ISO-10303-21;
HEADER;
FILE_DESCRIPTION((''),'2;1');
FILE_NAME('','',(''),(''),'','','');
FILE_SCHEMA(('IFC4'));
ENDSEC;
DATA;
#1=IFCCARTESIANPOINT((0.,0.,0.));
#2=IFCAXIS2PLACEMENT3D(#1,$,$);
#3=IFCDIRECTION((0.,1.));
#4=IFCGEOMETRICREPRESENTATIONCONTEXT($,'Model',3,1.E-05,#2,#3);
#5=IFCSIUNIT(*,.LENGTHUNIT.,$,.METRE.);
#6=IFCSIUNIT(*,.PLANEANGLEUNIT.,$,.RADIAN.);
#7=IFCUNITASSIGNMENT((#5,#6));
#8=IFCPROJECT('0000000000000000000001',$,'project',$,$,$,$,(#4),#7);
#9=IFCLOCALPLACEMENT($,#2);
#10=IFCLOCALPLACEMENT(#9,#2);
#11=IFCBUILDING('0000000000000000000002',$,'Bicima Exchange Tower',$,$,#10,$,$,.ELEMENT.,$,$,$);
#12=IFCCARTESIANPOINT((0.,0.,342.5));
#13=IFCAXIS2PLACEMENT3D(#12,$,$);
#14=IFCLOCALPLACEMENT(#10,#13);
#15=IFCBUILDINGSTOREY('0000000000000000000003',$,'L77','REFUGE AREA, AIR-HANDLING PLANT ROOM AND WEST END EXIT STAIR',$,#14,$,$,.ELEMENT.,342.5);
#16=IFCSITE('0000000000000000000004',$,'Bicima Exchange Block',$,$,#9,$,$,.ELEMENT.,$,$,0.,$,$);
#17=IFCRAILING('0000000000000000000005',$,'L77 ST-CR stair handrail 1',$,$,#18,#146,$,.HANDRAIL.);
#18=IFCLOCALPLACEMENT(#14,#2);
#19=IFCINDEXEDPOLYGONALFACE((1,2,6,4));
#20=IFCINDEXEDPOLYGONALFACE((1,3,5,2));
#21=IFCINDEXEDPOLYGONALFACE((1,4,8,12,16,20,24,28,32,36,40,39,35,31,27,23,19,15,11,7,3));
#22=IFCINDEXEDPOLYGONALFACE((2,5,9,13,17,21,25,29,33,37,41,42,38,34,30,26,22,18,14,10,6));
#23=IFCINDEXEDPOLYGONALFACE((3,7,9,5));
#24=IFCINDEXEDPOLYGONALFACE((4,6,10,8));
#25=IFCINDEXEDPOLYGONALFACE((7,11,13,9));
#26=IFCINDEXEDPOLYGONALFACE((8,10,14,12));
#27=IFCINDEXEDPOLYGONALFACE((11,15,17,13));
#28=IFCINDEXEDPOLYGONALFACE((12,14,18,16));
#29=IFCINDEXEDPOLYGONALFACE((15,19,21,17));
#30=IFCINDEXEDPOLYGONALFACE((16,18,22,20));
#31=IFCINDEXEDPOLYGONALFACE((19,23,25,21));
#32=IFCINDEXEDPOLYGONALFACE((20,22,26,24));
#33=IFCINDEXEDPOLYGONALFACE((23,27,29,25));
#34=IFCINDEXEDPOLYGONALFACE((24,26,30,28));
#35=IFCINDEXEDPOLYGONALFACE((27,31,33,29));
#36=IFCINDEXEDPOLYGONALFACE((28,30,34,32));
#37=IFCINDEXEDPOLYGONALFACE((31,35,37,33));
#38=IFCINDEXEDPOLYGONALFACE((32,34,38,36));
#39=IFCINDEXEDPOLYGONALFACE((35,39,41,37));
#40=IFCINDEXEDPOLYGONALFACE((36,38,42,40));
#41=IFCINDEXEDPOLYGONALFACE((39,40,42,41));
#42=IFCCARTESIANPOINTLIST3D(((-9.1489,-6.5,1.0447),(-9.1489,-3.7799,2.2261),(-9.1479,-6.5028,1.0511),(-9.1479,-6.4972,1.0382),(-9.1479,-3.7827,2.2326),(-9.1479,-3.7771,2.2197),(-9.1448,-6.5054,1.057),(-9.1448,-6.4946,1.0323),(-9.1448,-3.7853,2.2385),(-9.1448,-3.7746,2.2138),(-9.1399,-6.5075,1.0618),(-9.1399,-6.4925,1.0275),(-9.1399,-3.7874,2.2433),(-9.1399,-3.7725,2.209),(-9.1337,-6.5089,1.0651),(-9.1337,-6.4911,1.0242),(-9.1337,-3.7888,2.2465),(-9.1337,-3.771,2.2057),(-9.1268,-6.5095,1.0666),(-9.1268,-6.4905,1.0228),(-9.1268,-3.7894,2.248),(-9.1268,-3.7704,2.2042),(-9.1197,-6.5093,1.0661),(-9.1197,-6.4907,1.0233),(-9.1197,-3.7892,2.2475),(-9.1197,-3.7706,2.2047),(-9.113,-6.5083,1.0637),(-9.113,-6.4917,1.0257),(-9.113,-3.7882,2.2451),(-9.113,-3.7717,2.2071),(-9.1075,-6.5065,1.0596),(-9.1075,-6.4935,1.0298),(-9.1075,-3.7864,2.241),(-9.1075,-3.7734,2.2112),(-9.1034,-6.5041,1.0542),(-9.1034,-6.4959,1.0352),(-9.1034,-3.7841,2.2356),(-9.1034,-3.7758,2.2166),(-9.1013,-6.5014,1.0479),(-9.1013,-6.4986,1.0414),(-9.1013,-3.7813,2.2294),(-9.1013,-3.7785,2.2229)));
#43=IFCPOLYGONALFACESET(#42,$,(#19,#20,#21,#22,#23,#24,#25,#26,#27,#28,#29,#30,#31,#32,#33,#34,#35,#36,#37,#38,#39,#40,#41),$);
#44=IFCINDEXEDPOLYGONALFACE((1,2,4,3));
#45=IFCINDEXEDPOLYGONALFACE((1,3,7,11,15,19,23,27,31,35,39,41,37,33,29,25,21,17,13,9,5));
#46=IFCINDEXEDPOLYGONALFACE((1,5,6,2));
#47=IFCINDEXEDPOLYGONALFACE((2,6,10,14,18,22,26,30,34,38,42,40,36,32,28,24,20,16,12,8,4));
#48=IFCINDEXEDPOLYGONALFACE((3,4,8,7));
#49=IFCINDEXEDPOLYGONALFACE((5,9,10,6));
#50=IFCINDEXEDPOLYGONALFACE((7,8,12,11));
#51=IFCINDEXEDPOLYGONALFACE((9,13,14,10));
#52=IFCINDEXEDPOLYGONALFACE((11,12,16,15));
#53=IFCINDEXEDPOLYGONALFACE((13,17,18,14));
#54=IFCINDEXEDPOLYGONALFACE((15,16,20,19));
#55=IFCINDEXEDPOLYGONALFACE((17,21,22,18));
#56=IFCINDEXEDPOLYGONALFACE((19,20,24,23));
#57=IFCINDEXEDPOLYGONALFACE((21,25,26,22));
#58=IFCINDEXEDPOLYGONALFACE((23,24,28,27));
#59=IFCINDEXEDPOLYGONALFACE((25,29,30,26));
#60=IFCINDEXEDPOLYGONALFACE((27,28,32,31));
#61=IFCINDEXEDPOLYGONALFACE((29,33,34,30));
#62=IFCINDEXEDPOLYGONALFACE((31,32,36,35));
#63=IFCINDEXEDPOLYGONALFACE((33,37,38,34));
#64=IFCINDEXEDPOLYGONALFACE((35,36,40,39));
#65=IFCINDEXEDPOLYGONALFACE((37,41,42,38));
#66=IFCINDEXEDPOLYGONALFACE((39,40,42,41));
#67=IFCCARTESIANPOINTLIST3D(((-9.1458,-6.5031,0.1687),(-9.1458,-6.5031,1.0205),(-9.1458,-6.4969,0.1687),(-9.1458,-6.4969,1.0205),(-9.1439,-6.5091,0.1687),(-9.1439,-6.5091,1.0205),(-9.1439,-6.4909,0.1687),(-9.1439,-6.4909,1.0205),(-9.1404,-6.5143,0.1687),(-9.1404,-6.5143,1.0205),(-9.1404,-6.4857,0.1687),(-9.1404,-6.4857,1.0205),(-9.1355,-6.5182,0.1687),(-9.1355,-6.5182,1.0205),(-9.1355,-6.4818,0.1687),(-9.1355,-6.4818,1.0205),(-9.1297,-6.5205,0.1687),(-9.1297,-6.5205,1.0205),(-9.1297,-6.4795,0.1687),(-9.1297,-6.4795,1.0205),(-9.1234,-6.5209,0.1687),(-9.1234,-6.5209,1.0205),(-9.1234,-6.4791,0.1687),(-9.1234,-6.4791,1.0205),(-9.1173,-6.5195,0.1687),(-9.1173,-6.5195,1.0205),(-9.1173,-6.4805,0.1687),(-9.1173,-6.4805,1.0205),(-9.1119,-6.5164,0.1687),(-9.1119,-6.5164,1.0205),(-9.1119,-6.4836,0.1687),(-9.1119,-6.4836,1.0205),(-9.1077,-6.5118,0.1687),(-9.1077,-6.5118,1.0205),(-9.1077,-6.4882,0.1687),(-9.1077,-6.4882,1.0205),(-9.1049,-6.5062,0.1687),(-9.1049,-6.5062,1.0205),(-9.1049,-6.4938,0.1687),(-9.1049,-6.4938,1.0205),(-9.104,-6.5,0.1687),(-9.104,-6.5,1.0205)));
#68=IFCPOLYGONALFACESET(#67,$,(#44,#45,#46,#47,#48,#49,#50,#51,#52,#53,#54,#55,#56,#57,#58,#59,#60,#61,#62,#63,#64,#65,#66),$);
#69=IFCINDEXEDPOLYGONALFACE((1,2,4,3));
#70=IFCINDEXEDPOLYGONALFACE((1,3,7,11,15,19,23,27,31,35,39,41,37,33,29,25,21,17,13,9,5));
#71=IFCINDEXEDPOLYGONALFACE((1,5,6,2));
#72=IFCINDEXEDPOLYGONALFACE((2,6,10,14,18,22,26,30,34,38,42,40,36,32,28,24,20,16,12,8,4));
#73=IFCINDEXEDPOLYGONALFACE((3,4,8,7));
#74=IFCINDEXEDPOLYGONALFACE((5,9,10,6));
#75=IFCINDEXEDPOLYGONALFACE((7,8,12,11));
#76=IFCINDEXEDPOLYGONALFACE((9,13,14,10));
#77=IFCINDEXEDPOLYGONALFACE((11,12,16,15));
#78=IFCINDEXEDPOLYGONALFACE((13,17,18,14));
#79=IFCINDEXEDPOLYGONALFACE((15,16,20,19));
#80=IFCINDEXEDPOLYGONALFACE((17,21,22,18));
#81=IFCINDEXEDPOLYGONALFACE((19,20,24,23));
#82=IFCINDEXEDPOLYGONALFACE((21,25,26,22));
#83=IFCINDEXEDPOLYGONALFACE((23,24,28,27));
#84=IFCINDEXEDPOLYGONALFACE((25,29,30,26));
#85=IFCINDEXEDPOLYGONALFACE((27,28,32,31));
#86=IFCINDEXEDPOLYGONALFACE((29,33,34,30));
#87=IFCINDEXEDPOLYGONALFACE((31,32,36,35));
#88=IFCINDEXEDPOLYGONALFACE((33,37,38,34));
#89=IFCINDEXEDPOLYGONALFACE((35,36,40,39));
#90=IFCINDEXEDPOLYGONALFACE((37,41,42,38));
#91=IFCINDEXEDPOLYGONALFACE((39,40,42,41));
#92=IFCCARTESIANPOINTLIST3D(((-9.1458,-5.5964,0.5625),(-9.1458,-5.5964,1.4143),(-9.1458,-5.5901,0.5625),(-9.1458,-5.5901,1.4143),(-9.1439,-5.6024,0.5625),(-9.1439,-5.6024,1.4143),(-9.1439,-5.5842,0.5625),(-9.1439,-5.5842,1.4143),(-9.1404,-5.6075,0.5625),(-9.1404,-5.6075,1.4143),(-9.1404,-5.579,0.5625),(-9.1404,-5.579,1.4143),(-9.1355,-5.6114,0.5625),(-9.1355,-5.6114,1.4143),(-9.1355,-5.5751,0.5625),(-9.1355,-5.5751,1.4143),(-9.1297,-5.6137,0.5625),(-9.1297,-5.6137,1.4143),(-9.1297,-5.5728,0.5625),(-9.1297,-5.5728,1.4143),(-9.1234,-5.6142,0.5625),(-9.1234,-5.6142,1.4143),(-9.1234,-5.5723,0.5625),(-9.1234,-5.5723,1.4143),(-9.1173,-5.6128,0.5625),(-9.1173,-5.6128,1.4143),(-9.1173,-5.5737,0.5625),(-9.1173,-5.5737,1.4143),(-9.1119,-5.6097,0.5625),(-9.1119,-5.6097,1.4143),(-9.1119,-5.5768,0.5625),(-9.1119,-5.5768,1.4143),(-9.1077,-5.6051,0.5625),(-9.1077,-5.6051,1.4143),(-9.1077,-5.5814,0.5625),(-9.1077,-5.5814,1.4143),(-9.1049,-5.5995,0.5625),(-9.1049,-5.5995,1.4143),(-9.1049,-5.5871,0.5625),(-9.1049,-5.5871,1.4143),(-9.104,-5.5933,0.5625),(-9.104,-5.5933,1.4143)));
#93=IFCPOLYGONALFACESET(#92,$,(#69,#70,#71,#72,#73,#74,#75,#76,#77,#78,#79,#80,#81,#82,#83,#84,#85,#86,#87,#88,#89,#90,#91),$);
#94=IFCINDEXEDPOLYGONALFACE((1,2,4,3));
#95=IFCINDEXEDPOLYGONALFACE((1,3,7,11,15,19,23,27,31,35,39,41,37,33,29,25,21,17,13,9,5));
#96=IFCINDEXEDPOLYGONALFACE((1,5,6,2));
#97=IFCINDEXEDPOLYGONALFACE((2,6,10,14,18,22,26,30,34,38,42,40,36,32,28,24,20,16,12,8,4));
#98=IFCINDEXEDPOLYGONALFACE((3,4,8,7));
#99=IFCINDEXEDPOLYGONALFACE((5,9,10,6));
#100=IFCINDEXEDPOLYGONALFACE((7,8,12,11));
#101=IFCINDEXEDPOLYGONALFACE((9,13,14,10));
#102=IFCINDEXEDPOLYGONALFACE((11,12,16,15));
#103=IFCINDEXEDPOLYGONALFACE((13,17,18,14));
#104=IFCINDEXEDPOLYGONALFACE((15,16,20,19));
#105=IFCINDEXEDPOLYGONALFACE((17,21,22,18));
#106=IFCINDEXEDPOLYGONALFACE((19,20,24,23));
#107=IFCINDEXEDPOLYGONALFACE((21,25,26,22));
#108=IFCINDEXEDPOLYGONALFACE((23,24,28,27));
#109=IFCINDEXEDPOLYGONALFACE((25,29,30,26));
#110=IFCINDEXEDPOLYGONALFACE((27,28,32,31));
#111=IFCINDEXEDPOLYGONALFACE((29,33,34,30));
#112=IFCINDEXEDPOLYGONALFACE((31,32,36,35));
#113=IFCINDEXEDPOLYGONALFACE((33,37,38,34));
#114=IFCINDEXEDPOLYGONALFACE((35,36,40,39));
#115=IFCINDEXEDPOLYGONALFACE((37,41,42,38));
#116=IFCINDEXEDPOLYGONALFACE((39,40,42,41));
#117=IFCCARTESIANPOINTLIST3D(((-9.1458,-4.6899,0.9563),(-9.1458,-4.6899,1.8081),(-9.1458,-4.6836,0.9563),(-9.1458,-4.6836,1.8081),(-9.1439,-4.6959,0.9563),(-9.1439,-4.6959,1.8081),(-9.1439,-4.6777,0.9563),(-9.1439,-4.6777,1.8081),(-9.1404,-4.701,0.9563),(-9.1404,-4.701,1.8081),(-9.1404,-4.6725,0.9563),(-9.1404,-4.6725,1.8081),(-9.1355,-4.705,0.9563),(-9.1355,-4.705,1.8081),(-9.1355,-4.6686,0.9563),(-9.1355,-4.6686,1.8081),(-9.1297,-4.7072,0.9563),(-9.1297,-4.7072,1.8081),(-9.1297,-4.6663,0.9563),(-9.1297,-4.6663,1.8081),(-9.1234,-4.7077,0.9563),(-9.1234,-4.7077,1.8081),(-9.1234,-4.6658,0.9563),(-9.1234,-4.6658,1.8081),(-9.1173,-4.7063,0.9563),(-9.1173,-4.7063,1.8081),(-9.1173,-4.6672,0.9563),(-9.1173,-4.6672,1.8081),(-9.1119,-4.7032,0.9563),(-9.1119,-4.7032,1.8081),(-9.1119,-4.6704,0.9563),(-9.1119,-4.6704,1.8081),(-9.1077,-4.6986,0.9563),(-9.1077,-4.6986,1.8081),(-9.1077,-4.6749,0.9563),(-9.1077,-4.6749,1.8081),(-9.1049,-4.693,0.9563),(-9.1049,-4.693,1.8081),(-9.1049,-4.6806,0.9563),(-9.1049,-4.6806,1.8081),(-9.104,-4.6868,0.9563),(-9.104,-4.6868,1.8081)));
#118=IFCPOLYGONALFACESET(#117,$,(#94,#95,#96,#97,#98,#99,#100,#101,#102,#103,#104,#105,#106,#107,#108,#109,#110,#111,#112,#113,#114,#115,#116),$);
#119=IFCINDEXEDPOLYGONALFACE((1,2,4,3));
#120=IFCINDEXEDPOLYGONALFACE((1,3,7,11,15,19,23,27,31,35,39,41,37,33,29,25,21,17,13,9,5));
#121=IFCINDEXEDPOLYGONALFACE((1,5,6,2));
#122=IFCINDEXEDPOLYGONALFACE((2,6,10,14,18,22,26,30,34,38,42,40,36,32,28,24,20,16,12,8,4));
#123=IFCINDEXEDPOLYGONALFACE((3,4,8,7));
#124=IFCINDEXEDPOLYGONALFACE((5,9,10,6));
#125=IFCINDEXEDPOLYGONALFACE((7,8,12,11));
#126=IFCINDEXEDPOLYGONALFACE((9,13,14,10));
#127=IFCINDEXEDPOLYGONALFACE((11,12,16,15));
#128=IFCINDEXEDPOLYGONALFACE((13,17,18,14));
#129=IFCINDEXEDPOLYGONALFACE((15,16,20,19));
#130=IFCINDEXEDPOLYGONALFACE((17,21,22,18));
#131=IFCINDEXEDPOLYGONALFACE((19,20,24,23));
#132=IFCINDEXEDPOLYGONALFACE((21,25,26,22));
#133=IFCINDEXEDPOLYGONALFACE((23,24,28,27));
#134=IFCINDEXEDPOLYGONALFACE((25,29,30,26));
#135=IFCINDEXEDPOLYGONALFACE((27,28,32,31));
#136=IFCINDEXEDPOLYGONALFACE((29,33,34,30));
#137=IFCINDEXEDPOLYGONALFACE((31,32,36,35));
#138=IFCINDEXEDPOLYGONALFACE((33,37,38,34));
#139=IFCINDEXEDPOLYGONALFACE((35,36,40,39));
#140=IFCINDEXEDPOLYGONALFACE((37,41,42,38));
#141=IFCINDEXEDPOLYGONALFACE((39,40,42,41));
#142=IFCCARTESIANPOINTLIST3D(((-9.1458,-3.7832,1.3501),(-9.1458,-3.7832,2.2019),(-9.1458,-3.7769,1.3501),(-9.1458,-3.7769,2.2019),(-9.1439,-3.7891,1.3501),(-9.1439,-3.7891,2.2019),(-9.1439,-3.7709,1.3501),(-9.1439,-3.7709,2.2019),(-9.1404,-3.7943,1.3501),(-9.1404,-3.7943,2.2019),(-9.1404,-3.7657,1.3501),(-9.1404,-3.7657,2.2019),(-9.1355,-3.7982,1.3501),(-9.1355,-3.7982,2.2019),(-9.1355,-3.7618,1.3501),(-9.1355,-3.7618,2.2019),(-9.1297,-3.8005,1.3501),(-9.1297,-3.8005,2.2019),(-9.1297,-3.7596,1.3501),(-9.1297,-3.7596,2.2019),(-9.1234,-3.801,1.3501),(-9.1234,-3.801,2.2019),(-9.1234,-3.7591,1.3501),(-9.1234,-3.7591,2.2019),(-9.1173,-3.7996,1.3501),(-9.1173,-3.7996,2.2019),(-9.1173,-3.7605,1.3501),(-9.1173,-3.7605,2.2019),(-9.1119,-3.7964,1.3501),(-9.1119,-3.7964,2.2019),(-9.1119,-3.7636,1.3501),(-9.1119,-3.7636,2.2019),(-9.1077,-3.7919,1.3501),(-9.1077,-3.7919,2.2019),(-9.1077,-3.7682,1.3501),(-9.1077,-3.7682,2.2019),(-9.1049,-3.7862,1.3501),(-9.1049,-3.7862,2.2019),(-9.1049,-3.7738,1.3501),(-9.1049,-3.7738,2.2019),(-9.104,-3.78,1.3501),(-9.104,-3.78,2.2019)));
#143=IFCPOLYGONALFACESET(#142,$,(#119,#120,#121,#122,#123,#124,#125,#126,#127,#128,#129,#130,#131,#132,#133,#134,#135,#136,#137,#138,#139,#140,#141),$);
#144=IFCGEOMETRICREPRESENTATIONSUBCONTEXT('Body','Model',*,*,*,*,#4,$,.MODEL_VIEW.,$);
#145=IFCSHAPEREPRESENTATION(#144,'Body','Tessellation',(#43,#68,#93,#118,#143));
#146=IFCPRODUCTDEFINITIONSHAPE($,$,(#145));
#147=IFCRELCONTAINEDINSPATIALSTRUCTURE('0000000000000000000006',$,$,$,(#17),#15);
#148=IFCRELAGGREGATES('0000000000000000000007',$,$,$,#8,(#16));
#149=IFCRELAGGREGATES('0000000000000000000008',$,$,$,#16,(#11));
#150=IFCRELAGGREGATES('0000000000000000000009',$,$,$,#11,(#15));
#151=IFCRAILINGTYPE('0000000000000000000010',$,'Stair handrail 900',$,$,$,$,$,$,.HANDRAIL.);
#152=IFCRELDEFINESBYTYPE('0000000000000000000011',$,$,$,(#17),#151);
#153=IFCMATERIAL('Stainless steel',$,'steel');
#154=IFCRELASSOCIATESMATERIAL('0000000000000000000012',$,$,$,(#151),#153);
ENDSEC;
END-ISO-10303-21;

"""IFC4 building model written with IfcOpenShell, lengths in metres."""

from ifc_helpers import new_model, si_unit, direction, frame, origin, origin_2d, place, context, subcontext, project, spatial, circle, extrude, material, type_object, element, save


model = new_model("IFC4")

# Units and contexts
model_context = context("Model", 3, precision=1e-05, world=origin(), true_north=direction((0.0, 1.0)))
body_context = subcontext(model_context, "Body", "Model", "MODEL_VIEW")
ifc_project = project(units=[si_unit("LENGTHUNIT", "METRE"), si_unit("PLANEANGLEUNIT", "RADIAN")], contexts=[model_context])

# Site, building, storey
site_placement = place(None, origin())
site = spatial("IfcSite", under=ifc_project, at=site_placement, Name="Bicima Exchange Block", CompositionType="ELEMENT", RefElevation=0.0)
building_placement = place(site_placement, origin())
building = spatial("IfcBuilding", under=site, at=building_placement, Name="Bicima Exchange Tower", CompositionType="ELEMENT")
storey_placement = place(building_placement, frame((0.0, 0.0, 342.5)))
storey = spatial("IfcBuildingStorey", under=building, at=storey_placement, Name="L77", Description="REFUGE AREA, AIR-HANDLING PLANT ROOM AND WEST END EXIT STAIR", CompositionType="ELEMENT", Elevation=342.5)

# Railing
ifc_material_1 = material(Name="Stainless steel", Category="steel")
railing_type_1 = type_object("IfcRailingType", Name="Stair handrail 900", PredefinedType="HANDRAIL", material=ifc_material_1)
railing_1_placement = place(storey_placement, frame((-9.125, -6.5, 0.1687)))
element("IfcRailing", 1, at=railing_1_placement, inside=storey, type_object=railing_type_1, Name="L77 ST-CR stair handrail 1", PredefinedType="HANDRAIL", context=body_context, shape_type="SweptSolid", body=[
    extrude(circle(Radius=0.0239, at=origin_2d()), frame((0.0, 0.0, 0.876), z_axis=(0.0, 0.917218, 0.398386), x_axis=(-1.0, 0.0, 0.0)), (0.0, 0.0, 1.0), 2.9656),
    extrude(circle(Radius=0.021, at=origin_2d()), origin(), (0.0, 0.0, 1.0), 0.8518),
    extrude(circle(Radius=0.021, at=origin_2d()), frame((0.0, 0.9067, 0.3938)), (0.0, 0.0, 1.0), 0.8518),
    extrude(circle(Radius=0.021, at=origin_2d()), frame((0.0, 1.8132, 0.7876)), (0.0, 0.0, 1.0), 0.8518),
    extrude(circle(Radius=0.021, at=origin_2d()), frame((0.0, 2.72, 1.1814)), (0.0, 0.0, 1.0), 0.8518),
])

save(model, "model.ifc")
